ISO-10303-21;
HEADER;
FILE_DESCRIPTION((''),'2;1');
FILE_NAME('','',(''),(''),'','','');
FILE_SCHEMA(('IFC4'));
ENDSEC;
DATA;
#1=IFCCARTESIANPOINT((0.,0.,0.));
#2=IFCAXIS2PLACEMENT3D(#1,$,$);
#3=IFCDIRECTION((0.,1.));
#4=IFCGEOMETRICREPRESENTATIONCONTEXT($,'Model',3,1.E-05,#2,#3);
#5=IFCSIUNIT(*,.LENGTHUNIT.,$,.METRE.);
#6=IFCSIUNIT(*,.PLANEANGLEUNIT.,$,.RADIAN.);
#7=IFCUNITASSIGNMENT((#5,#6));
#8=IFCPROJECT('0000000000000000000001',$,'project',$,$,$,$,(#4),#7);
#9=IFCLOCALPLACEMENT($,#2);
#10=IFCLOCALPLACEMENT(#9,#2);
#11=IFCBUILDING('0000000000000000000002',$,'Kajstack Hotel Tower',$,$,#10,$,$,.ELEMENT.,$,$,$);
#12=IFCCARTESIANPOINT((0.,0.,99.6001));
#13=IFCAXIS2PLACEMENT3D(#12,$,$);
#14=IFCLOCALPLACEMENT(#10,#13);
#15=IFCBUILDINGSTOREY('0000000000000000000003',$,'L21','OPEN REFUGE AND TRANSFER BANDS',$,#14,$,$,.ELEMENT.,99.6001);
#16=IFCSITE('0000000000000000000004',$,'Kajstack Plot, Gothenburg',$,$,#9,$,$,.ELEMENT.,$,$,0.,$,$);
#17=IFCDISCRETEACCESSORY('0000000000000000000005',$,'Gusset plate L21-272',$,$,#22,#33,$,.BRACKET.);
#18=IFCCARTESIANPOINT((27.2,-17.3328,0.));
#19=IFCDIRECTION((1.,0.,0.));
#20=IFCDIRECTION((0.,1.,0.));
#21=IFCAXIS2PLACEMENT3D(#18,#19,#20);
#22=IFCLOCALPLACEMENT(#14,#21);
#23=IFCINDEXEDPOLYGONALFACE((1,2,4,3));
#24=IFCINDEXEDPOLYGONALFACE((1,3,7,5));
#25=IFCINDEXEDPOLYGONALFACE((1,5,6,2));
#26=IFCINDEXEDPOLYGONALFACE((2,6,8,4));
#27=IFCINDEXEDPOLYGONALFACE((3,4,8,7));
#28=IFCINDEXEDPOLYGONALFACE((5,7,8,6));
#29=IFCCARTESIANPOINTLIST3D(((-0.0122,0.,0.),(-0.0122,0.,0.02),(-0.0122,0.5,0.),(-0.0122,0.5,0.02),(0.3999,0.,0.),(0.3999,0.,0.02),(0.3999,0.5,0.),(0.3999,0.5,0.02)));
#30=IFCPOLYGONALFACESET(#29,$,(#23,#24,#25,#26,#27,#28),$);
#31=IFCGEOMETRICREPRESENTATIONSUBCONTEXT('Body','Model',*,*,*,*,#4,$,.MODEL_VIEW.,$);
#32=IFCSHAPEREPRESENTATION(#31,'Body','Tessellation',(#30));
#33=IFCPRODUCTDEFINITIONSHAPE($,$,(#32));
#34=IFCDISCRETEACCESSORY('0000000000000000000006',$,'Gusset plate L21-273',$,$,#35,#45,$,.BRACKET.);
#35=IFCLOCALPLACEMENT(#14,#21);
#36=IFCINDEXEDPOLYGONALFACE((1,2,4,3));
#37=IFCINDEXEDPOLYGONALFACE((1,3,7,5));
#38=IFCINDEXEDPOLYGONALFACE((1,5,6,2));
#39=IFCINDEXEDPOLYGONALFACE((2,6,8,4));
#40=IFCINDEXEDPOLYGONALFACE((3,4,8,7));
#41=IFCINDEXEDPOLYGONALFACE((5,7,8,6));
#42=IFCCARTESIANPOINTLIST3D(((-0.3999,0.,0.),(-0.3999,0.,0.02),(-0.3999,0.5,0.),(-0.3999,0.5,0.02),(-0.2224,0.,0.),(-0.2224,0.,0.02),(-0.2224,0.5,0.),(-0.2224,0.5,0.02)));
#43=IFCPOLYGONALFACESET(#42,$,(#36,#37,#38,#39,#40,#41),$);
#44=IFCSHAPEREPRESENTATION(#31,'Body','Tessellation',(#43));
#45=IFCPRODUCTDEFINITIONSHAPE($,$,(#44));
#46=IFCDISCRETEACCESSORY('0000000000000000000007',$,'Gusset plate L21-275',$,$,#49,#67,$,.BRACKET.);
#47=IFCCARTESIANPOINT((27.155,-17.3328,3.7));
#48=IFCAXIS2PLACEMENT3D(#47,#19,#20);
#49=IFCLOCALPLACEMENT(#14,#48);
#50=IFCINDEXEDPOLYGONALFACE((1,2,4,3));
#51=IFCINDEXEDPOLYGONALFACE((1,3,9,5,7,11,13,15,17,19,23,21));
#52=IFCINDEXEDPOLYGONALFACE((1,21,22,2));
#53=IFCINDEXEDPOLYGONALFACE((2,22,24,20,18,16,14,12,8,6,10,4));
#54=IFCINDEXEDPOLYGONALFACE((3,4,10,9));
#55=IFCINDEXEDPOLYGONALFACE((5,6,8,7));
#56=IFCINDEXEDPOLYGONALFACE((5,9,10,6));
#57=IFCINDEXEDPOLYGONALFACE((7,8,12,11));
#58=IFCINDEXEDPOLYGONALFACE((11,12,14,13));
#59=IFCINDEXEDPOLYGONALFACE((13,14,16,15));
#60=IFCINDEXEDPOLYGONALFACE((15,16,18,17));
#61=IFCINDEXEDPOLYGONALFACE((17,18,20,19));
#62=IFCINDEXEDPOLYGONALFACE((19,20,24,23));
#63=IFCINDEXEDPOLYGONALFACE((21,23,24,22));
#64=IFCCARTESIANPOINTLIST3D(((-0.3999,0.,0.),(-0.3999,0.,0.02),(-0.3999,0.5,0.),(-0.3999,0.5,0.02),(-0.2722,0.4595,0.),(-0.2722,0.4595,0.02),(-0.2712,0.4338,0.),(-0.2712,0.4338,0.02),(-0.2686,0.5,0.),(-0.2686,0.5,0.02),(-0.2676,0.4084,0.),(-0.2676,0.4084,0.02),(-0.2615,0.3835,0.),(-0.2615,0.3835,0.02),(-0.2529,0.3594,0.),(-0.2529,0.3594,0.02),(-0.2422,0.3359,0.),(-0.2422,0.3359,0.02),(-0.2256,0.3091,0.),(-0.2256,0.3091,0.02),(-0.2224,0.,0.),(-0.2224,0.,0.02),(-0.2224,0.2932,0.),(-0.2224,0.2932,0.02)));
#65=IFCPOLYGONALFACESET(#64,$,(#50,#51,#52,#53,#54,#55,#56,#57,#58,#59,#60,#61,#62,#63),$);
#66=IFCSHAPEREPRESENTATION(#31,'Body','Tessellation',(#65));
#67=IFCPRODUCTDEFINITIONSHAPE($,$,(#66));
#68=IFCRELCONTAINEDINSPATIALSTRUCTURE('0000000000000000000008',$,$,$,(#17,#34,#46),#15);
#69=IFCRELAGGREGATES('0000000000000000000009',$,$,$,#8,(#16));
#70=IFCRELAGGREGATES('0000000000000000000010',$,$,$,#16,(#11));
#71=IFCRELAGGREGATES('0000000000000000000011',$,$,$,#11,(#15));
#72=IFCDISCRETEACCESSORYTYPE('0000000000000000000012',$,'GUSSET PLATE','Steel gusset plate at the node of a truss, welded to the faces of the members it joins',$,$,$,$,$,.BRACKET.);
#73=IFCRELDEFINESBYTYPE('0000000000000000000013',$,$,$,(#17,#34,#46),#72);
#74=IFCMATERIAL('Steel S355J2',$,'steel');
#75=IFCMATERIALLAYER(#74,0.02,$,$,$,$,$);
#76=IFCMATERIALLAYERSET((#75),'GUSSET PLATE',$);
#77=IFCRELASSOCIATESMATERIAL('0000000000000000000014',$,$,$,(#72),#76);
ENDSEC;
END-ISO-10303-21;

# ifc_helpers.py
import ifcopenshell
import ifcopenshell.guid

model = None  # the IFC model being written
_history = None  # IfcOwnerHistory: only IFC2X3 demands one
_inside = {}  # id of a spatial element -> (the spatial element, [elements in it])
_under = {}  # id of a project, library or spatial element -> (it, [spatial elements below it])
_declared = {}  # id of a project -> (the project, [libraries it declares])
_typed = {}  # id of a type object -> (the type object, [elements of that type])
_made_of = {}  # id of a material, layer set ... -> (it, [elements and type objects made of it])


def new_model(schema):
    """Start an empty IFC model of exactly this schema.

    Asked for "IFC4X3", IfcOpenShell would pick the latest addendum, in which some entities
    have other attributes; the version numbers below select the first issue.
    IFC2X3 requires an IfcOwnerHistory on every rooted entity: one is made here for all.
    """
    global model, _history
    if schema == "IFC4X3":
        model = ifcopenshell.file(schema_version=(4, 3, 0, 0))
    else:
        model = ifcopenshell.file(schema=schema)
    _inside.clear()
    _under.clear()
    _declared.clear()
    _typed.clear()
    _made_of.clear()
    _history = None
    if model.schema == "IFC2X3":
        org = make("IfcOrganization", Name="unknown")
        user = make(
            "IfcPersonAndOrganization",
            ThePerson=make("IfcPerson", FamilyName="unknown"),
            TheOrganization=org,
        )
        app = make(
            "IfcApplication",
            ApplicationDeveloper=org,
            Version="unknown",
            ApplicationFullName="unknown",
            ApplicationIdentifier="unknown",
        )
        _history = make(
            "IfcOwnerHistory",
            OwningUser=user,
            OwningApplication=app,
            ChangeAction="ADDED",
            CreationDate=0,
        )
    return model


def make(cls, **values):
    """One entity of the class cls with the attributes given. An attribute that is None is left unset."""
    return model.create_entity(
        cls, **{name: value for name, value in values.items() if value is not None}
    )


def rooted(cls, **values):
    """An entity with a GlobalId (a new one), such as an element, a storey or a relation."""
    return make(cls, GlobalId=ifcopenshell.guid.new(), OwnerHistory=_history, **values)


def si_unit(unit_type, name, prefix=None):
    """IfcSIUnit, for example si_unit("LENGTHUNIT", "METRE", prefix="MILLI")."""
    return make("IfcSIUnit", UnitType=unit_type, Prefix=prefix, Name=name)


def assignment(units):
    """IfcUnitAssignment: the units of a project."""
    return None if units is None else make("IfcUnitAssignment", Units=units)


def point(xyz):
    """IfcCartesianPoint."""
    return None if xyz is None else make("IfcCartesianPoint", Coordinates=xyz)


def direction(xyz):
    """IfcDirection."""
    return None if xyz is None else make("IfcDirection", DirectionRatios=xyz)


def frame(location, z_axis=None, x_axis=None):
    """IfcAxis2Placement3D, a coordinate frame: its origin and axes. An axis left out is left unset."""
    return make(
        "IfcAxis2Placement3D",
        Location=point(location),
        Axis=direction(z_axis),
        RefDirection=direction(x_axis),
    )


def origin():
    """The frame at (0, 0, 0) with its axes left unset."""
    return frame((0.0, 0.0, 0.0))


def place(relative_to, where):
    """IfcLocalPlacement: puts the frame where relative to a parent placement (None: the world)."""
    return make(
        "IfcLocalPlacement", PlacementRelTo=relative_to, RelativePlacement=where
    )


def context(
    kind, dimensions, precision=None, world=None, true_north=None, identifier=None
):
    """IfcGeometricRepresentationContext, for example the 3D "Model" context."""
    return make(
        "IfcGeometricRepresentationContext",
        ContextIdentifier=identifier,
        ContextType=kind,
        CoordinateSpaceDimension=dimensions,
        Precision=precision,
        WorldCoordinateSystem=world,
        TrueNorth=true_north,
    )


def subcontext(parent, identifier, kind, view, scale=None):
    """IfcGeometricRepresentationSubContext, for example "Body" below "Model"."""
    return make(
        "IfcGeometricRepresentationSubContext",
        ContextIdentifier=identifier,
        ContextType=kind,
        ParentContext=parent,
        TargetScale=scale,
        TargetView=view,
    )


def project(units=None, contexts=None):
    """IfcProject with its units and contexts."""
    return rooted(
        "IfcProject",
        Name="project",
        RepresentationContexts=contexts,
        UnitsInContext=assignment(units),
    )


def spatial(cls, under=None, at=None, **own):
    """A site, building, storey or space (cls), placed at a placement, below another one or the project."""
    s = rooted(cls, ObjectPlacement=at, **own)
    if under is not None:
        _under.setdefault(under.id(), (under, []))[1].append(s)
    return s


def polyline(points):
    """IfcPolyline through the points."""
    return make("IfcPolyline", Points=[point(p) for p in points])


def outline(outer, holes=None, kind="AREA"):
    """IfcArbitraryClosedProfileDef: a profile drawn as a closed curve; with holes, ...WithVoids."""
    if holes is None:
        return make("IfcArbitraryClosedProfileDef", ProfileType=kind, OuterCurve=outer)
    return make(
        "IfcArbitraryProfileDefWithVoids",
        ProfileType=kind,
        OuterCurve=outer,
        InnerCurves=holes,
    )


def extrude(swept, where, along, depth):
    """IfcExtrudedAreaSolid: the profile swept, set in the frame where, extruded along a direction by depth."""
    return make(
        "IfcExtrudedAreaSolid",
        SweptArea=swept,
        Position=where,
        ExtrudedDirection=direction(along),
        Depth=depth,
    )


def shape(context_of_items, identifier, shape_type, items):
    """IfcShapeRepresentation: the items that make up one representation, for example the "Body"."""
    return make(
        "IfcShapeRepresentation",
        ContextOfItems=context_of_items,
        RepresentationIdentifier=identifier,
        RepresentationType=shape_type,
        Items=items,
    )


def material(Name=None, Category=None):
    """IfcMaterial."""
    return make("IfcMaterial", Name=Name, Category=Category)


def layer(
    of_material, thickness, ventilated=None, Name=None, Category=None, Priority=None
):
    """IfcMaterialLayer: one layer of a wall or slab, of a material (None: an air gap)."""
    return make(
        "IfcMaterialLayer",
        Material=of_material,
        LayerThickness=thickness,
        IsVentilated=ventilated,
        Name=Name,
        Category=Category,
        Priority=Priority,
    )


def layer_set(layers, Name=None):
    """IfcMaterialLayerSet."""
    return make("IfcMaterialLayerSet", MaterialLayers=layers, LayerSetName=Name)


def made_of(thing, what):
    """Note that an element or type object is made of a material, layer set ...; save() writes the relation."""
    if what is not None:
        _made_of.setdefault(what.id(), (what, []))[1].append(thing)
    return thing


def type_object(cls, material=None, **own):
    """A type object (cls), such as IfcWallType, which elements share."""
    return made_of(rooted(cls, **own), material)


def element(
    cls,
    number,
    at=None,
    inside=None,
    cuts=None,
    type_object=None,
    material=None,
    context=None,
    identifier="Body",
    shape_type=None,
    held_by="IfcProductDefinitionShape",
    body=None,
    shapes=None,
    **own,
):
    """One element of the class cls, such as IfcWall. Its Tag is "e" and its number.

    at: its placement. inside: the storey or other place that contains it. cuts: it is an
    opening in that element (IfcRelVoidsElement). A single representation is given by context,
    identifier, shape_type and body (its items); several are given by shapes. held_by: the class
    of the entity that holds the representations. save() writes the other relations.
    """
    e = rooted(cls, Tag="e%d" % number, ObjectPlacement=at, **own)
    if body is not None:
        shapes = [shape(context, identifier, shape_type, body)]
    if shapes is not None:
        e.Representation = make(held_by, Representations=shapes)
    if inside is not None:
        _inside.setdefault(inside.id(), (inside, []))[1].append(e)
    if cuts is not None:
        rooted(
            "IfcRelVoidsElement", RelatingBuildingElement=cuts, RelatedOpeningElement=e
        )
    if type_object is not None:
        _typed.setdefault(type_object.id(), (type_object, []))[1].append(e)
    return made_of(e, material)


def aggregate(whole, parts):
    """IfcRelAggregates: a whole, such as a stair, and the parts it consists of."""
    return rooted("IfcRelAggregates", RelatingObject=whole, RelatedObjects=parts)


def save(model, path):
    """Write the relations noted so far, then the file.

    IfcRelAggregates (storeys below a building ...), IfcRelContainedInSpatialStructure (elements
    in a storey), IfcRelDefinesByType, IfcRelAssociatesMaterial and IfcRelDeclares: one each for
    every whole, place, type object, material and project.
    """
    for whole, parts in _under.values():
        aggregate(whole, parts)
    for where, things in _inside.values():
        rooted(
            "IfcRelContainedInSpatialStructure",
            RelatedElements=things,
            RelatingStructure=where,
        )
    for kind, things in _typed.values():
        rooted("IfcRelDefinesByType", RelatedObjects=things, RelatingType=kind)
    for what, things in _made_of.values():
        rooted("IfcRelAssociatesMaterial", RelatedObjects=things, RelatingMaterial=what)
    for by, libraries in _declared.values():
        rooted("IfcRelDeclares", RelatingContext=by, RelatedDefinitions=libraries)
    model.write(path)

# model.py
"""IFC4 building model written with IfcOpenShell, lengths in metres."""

from ifc_helpers import new_model, si_unit, direction, frame, origin, place, context, subcontext, project, spatial, polyline, outline, extrude, material, layer, layer_set, type_object, element, save


model = new_model("IFC4")

# Units and contexts
model_context = context("Model", 3, precision=1e-05, world=origin(), true_north=direction((0.0, 1.0)))
body_context = subcontext(model_context, "Body", "Model", "MODEL_VIEW")
ifc_project = project(units=[si_unit("LENGTHUNIT", "METRE"), si_unit("PLANEANGLEUNIT", "RADIAN")], contexts=[model_context])

# Site, building, storey
site_placement = place(None, origin())
site = spatial("IfcSite", under=ifc_project, at=site_placement, Name="Kajstack Plot, Gothenburg", CompositionType="ELEMENT", RefElevation=0.0)
building_placement = place(site_placement, origin())
building = spatial("IfcBuilding", under=site, at=building_placement, Name="Kajstack Hotel Tower", CompositionType="ELEMENT")
storey_placement = place(building_placement, frame((0.0, 0.0, 99.6001)))
storey = spatial("IfcBuildingStorey", under=building, at=storey_placement, Name="L21", Description="OPEN REFUGE AND TRANSFER BANDS", CompositionType="ELEMENT", Elevation=99.6001)

# Shared definitions
ifc_material_1 = material(Name="Steel S355J2", Category="steel")

# Discrete accessories
ifc_layer_1 = layer(ifc_material_1, 0.02)
ifc_layer_set_1 = layer_set([ifc_layer_1], Name="GUSSET PLATE")
discrete_accessory_type = type_object("IfcDiscreteAccessoryType", Name="GUSSET PLATE", Description="Steel gusset plate at the node of a truss, welded to the faces of the members it joins", PredefinedType="BRACKET", material=ifc_layer_set_1)
discrete_accessory_1_placement = place(storey_placement, frame((27.2, -17.3328, 0.0), z_axis=(1.0, 0.0, 0.0), x_axis=(0.0, 1.0, 0.0)))
element("IfcDiscreteAccessory", 1, at=discrete_accessory_1_placement, inside=storey, type_object=discrete_accessory_type, Name="Gusset plate L21-272", PredefinedType="BRACKET", context=body_context, shape_type="SweptSolid", body=[
    extrude(outline(polyline([(0.3999, 0.5), (-0.0122, 0.5), (-0.0122, 0.0), (0.3999, 0.0), (0.3999, 0.5)])), origin(), (0.0, 0.0, 1.0), 0.02),
])
discrete_accessory_2_placement = place(storey_placement, frame((27.2, -17.3328, 0.0), z_axis=(1.0, 0.0, 0.0), x_axis=(0.0, 1.0, 0.0)))
element("IfcDiscreteAccessory", 2, at=discrete_accessory_2_placement, inside=storey, type_object=discrete_accessory_type, Name="Gusset plate L21-273", PredefinedType="BRACKET", context=body_context, shape_type="SweptSolid", body=[
    extrude(outline(polyline([(-0.3999, 0.0), (-0.2224, 0.0), (-0.2224, 0.5), (-0.3999, 0.5), (-0.3999, 0.0)])), origin(), (0.0, 0.0, 1.0), 0.02),
])
discrete_accessory_3_placement = place(storey_placement, frame((27.155, -17.3328, 3.7), z_axis=(1.0, 0.0, 0.0), x_axis=(0.0, 1.0, 0.0)))
element("IfcDiscreteAccessory", 3, at=discrete_accessory_3_placement, inside=storey, type_object=discrete_accessory_type, Name="Gusset plate L21-275", PredefinedType="BRACKET", context=body_context, shape_type="SweptSolid", body=[
    extrude(outline(polyline([(-0.3999, 0.0), (-0.2224, 0.0), (-0.2224, 0.2932), (-0.2256, 0.3091), (-0.2422, 0.3359), (-0.2529, 0.3594), (-0.2615, 0.3835), (-0.2676, 0.4084), (-0.2712, 0.4338), (-0.2722, 0.4595), (-0.2686, 0.5), (-0.3999, 0.5), (-0.3999, 0.0)])), origin(), (0.0, 0.0, 1.0), 0.02),
])

save(model, "model.ifc")
